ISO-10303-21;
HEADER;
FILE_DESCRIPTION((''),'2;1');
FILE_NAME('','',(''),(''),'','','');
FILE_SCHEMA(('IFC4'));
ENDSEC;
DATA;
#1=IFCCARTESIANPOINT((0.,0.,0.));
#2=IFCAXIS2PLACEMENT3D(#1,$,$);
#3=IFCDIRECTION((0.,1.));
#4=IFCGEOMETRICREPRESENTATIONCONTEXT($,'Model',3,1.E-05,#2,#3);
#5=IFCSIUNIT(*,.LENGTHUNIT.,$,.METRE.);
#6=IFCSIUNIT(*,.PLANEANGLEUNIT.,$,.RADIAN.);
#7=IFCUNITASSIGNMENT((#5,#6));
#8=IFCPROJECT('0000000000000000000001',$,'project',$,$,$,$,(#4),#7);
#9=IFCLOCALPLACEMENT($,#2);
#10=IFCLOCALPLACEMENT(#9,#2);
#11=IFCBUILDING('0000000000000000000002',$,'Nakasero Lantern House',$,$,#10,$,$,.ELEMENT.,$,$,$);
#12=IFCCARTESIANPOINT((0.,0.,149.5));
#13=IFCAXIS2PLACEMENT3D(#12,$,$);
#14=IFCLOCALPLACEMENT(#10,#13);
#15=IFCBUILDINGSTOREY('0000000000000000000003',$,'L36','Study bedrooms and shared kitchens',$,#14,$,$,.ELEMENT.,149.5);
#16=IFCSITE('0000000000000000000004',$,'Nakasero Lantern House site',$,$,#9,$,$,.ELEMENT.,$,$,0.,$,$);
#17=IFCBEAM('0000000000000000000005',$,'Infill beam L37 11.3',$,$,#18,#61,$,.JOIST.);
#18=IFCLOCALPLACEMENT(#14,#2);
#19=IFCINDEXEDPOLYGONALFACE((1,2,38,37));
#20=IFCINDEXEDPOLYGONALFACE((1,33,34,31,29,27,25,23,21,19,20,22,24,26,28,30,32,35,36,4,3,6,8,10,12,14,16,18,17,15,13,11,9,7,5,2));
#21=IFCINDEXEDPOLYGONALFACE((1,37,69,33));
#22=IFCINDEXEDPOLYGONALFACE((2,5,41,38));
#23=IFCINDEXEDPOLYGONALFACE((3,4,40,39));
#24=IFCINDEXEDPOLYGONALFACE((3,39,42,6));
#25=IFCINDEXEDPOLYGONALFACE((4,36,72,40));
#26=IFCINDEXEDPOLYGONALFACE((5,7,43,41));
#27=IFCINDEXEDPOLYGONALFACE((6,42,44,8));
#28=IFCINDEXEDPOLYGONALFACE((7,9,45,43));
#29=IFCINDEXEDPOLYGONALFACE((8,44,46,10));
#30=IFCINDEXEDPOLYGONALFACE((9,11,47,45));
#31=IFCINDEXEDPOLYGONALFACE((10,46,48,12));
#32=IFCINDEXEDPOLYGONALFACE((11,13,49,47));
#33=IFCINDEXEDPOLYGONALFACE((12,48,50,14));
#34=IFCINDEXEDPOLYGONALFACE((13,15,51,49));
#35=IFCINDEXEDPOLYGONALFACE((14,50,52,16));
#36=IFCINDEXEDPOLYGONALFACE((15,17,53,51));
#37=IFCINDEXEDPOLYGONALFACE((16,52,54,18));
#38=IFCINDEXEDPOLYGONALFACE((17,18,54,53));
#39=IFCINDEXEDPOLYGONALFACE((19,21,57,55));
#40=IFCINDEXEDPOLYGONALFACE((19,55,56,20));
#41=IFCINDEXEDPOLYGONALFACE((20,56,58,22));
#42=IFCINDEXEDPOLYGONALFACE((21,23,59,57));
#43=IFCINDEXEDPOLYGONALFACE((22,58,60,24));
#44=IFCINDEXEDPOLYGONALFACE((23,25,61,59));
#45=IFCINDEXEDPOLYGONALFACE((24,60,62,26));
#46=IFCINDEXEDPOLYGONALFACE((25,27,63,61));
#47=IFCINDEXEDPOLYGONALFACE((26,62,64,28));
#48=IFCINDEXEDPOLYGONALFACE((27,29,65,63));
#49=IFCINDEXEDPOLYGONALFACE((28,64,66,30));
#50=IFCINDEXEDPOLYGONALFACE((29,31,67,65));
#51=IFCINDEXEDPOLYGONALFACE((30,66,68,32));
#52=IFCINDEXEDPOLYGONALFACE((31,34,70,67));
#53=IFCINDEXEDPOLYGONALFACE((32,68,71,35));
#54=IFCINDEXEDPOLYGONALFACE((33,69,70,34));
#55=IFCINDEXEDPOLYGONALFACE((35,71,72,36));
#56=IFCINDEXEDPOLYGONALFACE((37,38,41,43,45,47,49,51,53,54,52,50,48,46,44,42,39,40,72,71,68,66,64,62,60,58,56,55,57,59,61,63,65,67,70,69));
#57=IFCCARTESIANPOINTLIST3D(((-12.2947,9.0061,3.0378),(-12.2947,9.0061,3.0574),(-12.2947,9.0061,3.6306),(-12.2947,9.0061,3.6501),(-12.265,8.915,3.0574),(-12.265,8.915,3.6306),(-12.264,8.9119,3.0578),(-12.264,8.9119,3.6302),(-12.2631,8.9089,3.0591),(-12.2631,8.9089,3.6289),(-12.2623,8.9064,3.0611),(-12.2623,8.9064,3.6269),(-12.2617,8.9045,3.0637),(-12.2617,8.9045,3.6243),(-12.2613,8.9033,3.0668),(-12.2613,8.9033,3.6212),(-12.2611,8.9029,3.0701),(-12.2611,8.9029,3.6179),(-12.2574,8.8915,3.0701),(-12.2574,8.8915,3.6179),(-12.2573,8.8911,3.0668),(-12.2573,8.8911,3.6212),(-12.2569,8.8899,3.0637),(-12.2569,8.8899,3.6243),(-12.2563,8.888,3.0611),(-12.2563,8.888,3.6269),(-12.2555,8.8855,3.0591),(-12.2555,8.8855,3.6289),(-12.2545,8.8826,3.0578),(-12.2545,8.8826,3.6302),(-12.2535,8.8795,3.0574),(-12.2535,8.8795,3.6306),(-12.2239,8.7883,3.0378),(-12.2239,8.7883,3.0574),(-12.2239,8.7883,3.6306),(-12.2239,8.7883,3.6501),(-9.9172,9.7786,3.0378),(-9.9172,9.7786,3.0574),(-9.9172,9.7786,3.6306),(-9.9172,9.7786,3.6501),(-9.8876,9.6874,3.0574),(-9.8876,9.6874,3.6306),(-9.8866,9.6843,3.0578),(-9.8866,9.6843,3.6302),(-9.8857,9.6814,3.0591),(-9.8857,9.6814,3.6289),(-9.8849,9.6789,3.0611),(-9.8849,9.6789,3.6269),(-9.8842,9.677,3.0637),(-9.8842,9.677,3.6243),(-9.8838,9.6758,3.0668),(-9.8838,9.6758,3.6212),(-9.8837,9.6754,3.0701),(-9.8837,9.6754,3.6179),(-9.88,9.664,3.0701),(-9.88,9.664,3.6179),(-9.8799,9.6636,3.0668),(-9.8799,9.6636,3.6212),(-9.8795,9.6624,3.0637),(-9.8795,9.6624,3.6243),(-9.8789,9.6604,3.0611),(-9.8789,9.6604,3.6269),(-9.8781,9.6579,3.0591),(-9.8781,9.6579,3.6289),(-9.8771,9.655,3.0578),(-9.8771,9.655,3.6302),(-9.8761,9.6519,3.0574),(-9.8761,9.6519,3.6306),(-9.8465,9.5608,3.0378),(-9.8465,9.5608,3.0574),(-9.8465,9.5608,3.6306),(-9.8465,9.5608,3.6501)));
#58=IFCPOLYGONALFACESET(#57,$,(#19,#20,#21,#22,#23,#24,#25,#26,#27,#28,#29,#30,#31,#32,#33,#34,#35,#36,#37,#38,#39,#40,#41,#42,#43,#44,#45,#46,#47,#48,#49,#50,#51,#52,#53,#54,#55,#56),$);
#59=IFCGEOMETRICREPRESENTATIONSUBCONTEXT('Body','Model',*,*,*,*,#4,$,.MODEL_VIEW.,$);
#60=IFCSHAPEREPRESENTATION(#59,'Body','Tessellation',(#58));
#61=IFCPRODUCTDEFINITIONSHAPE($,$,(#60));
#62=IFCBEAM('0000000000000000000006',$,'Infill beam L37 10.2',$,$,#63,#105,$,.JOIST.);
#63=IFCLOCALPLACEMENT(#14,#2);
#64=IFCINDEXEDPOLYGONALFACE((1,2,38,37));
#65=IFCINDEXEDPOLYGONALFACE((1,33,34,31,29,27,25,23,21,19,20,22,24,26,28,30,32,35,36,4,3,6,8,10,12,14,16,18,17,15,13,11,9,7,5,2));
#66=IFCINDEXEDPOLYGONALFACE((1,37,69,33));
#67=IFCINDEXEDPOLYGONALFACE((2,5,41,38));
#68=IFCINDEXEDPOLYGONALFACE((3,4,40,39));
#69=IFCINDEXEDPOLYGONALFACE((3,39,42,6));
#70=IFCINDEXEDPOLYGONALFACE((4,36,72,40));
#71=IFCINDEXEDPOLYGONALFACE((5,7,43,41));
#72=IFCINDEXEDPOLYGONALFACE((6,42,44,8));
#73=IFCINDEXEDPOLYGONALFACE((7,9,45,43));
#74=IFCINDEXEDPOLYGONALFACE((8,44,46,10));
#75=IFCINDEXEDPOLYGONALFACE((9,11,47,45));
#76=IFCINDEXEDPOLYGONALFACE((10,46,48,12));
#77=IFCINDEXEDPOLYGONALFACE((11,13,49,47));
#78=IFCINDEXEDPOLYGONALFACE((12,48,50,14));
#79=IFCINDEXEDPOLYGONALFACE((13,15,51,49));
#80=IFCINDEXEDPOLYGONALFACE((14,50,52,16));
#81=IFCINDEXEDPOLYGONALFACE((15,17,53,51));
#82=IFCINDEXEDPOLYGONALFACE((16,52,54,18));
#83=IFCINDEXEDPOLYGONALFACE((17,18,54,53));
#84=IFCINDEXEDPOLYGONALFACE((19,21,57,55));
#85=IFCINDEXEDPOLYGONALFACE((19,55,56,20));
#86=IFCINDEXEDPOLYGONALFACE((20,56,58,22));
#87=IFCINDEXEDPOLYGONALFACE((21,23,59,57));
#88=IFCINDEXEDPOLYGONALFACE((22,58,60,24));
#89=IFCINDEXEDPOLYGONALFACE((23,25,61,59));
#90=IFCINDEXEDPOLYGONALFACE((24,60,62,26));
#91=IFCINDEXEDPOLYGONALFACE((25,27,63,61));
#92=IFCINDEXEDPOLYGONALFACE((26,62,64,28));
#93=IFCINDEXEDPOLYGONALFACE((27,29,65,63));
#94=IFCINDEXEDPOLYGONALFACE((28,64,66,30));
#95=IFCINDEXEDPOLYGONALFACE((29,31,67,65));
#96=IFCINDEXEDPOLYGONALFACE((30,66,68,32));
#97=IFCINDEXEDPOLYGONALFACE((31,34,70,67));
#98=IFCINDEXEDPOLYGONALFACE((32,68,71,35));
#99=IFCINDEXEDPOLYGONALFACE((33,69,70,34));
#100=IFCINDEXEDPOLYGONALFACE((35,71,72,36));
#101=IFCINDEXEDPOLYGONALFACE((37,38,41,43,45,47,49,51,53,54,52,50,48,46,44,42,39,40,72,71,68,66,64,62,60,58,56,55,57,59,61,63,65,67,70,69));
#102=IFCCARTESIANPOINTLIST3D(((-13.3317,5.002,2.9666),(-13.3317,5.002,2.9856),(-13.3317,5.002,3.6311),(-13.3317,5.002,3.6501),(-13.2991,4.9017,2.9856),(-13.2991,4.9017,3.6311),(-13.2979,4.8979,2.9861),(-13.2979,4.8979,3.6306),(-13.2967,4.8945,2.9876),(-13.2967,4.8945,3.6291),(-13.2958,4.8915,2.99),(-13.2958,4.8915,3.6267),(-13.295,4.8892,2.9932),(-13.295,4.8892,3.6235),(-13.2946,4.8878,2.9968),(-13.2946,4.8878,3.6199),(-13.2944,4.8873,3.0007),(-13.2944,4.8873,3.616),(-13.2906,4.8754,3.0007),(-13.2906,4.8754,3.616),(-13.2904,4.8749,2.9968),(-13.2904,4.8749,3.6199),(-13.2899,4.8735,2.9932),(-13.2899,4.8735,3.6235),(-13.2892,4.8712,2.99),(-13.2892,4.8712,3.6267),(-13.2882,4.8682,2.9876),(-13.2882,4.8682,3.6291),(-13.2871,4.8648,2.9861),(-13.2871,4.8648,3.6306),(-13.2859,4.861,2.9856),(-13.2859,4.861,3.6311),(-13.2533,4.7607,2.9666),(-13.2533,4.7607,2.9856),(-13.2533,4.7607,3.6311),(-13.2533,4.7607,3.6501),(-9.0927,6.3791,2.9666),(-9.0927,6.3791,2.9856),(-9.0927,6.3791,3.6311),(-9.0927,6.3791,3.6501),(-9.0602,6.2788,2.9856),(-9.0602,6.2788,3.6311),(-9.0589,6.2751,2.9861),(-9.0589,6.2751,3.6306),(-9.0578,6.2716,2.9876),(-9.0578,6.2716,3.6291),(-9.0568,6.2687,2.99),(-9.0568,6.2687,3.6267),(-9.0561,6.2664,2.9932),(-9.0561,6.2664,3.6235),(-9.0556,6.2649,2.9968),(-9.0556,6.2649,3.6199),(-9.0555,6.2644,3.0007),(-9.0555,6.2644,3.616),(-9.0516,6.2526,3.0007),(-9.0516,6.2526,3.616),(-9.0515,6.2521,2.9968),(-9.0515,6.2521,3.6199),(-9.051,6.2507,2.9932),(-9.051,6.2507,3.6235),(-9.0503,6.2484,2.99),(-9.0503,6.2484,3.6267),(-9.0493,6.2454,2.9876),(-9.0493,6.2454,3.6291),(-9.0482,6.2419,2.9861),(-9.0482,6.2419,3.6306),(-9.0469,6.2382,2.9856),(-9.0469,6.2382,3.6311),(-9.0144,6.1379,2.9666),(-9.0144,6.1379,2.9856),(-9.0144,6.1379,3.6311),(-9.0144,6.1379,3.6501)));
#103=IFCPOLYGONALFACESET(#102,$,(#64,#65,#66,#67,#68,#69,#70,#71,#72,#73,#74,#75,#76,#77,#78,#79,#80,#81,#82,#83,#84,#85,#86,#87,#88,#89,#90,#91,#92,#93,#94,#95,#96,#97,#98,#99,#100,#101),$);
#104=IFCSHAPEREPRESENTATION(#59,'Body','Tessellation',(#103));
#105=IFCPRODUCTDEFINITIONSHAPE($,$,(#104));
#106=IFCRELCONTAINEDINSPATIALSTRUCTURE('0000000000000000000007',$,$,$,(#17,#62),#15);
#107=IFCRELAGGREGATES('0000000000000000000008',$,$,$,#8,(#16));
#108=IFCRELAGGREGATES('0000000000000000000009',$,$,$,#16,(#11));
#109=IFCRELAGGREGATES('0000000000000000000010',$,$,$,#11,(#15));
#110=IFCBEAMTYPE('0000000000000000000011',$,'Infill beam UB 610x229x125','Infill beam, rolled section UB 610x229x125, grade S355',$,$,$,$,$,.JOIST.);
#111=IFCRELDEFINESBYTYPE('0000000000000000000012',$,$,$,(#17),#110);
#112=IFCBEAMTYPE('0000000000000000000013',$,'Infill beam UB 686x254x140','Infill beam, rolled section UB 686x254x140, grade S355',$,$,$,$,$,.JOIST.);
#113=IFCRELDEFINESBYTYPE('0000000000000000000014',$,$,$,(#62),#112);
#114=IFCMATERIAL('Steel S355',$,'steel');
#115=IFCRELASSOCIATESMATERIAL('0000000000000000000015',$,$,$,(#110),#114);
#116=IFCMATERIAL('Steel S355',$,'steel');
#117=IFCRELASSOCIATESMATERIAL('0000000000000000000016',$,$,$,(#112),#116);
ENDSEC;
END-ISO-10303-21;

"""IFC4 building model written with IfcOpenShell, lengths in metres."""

from ifc_helpers import new_model, si_unit, direction, frame, origin, origin_2d, place, context, subcontext, project, spatial, i_section, extrude, material, material_profile, profile_set, type_object, element, save


model = new_model("IFC4")

# Units and contexts
model_context = context("Model", 3, precision=1e-05, world=origin(), true_north=direction((0.0, 1.0)))
body_context = subcontext(model_context, "Body", "Model", "MODEL_VIEW")
ifc_project = project(units=[si_unit("LENGTHUNIT", "METRE"), si_unit("PLANEANGLEUNIT", "RADIAN")], contexts=[model_context])

# Site, building, storey
site_placement = place(None, origin())
site = spatial("IfcSite", under=ifc_project, at=site_placement, Name="Nakasero Lantern House site", CompositionType="ELEMENT", RefElevation=0.0)
building_placement = place(site_placement, origin())
building = spatial("IfcBuilding", under=site, at=building_placement, Name="Nakasero Lantern House", CompositionType="ELEMENT")
storey_placement = place(building_placement, frame((0.0, 0.0, 149.5)))
storey = spatial("IfcBuildingStorey", under=building, at=storey_placement, Name="L36", Description="Study bedrooms and shared kitchens", CompositionType="ELEMENT", Elevation=149.5)

# Beams
ifc_material_1 = material(Name="Steel S355", Category="steel")
ifc_material_profile_1 = material_profile(ifc_material_1, i_section(OverallWidth=0.229, OverallDepth=0.6123, WebThickness=0.012, FlangeThickness=0.0195, FilletRadius=0.0127, at=origin_2d()), Name="UB 610x229x125")
ifc_profile_set_1 = profile_set([ifc_material_profile_1], Name="Steel S355")
beam_type_1 = type_object("IfcBeamType", Name="Infill beam UB 610x229x125", Description="Infill beam, rolled section UB 610x229x125, grade S355", PredefinedType="JOIST", material=ifc_profile_set_1)
beam_1_placement = place(storey_placement, frame((-12.2593, 8.8972, 3.344), z_axis=(0.951058, 0.309011, 0.0), x_axis=(-0.309011, 0.951058, 0.0)))
element("IfcBeam", 1, at=beam_1_placement, inside=storey, type_object=beam_type_1, Name="Infill beam L37 11.3", PredefinedType="JOIST", context=body_context, shape_type="SweptSolid", body=[
    extrude(i_section(OverallWidth=0.229, OverallDepth=0.6123, WebThickness=0.012, FlangeThickness=0.0195, FilletRadius=0.0127, at=origin_2d()), origin(), (0.0, 0.0, 1.0), 2.4998),
])
ifc_material_2 = material(Name="Steel S355", Category="steel")
ifc_material_profile_2 = material_profile(ifc_material_2, i_section(OverallWidth=0.2537, OverallDepth=0.6836, WebThickness=0.0125, FlangeThickness=0.019, FilletRadius=0.0151, at=origin_2d()), Name="UB 686x254x140")
ifc_profile_set_2 = profile_set([ifc_material_profile_2], Name="Steel S355")
beam_type_2 = type_object("IfcBeamType", Name="Infill beam UB 686x254x140", Description="Infill beam, rolled section UB 686x254x140, grade S355", PredefinedType="JOIST", material=ifc_profile_set_2)
beam_2_placement = place(storey_placement, frame((-13.2925, 4.8813, 3.3083), z_axis=(0.951066, 0.308988, 0.0), x_axis=(-0.308988, 0.951066, 0.0)))
element("IfcBeam", 2, at=beam_2_placement, inside=storey, type_object=beam_type_2, Name="Infill beam L37 10.2", PredefinedType="JOIST", context=body_context, shape_type="SweptSolid", body=[
    extrude(i_section(OverallWidth=0.2537, OverallDepth=0.6836, WebThickness=0.0125, FlangeThickness=0.019, FilletRadius=0.0151, at=origin_2d()), origin(), (0.0, 0.0, 1.0), 4.457),
])

save(model, "model.ifc")
